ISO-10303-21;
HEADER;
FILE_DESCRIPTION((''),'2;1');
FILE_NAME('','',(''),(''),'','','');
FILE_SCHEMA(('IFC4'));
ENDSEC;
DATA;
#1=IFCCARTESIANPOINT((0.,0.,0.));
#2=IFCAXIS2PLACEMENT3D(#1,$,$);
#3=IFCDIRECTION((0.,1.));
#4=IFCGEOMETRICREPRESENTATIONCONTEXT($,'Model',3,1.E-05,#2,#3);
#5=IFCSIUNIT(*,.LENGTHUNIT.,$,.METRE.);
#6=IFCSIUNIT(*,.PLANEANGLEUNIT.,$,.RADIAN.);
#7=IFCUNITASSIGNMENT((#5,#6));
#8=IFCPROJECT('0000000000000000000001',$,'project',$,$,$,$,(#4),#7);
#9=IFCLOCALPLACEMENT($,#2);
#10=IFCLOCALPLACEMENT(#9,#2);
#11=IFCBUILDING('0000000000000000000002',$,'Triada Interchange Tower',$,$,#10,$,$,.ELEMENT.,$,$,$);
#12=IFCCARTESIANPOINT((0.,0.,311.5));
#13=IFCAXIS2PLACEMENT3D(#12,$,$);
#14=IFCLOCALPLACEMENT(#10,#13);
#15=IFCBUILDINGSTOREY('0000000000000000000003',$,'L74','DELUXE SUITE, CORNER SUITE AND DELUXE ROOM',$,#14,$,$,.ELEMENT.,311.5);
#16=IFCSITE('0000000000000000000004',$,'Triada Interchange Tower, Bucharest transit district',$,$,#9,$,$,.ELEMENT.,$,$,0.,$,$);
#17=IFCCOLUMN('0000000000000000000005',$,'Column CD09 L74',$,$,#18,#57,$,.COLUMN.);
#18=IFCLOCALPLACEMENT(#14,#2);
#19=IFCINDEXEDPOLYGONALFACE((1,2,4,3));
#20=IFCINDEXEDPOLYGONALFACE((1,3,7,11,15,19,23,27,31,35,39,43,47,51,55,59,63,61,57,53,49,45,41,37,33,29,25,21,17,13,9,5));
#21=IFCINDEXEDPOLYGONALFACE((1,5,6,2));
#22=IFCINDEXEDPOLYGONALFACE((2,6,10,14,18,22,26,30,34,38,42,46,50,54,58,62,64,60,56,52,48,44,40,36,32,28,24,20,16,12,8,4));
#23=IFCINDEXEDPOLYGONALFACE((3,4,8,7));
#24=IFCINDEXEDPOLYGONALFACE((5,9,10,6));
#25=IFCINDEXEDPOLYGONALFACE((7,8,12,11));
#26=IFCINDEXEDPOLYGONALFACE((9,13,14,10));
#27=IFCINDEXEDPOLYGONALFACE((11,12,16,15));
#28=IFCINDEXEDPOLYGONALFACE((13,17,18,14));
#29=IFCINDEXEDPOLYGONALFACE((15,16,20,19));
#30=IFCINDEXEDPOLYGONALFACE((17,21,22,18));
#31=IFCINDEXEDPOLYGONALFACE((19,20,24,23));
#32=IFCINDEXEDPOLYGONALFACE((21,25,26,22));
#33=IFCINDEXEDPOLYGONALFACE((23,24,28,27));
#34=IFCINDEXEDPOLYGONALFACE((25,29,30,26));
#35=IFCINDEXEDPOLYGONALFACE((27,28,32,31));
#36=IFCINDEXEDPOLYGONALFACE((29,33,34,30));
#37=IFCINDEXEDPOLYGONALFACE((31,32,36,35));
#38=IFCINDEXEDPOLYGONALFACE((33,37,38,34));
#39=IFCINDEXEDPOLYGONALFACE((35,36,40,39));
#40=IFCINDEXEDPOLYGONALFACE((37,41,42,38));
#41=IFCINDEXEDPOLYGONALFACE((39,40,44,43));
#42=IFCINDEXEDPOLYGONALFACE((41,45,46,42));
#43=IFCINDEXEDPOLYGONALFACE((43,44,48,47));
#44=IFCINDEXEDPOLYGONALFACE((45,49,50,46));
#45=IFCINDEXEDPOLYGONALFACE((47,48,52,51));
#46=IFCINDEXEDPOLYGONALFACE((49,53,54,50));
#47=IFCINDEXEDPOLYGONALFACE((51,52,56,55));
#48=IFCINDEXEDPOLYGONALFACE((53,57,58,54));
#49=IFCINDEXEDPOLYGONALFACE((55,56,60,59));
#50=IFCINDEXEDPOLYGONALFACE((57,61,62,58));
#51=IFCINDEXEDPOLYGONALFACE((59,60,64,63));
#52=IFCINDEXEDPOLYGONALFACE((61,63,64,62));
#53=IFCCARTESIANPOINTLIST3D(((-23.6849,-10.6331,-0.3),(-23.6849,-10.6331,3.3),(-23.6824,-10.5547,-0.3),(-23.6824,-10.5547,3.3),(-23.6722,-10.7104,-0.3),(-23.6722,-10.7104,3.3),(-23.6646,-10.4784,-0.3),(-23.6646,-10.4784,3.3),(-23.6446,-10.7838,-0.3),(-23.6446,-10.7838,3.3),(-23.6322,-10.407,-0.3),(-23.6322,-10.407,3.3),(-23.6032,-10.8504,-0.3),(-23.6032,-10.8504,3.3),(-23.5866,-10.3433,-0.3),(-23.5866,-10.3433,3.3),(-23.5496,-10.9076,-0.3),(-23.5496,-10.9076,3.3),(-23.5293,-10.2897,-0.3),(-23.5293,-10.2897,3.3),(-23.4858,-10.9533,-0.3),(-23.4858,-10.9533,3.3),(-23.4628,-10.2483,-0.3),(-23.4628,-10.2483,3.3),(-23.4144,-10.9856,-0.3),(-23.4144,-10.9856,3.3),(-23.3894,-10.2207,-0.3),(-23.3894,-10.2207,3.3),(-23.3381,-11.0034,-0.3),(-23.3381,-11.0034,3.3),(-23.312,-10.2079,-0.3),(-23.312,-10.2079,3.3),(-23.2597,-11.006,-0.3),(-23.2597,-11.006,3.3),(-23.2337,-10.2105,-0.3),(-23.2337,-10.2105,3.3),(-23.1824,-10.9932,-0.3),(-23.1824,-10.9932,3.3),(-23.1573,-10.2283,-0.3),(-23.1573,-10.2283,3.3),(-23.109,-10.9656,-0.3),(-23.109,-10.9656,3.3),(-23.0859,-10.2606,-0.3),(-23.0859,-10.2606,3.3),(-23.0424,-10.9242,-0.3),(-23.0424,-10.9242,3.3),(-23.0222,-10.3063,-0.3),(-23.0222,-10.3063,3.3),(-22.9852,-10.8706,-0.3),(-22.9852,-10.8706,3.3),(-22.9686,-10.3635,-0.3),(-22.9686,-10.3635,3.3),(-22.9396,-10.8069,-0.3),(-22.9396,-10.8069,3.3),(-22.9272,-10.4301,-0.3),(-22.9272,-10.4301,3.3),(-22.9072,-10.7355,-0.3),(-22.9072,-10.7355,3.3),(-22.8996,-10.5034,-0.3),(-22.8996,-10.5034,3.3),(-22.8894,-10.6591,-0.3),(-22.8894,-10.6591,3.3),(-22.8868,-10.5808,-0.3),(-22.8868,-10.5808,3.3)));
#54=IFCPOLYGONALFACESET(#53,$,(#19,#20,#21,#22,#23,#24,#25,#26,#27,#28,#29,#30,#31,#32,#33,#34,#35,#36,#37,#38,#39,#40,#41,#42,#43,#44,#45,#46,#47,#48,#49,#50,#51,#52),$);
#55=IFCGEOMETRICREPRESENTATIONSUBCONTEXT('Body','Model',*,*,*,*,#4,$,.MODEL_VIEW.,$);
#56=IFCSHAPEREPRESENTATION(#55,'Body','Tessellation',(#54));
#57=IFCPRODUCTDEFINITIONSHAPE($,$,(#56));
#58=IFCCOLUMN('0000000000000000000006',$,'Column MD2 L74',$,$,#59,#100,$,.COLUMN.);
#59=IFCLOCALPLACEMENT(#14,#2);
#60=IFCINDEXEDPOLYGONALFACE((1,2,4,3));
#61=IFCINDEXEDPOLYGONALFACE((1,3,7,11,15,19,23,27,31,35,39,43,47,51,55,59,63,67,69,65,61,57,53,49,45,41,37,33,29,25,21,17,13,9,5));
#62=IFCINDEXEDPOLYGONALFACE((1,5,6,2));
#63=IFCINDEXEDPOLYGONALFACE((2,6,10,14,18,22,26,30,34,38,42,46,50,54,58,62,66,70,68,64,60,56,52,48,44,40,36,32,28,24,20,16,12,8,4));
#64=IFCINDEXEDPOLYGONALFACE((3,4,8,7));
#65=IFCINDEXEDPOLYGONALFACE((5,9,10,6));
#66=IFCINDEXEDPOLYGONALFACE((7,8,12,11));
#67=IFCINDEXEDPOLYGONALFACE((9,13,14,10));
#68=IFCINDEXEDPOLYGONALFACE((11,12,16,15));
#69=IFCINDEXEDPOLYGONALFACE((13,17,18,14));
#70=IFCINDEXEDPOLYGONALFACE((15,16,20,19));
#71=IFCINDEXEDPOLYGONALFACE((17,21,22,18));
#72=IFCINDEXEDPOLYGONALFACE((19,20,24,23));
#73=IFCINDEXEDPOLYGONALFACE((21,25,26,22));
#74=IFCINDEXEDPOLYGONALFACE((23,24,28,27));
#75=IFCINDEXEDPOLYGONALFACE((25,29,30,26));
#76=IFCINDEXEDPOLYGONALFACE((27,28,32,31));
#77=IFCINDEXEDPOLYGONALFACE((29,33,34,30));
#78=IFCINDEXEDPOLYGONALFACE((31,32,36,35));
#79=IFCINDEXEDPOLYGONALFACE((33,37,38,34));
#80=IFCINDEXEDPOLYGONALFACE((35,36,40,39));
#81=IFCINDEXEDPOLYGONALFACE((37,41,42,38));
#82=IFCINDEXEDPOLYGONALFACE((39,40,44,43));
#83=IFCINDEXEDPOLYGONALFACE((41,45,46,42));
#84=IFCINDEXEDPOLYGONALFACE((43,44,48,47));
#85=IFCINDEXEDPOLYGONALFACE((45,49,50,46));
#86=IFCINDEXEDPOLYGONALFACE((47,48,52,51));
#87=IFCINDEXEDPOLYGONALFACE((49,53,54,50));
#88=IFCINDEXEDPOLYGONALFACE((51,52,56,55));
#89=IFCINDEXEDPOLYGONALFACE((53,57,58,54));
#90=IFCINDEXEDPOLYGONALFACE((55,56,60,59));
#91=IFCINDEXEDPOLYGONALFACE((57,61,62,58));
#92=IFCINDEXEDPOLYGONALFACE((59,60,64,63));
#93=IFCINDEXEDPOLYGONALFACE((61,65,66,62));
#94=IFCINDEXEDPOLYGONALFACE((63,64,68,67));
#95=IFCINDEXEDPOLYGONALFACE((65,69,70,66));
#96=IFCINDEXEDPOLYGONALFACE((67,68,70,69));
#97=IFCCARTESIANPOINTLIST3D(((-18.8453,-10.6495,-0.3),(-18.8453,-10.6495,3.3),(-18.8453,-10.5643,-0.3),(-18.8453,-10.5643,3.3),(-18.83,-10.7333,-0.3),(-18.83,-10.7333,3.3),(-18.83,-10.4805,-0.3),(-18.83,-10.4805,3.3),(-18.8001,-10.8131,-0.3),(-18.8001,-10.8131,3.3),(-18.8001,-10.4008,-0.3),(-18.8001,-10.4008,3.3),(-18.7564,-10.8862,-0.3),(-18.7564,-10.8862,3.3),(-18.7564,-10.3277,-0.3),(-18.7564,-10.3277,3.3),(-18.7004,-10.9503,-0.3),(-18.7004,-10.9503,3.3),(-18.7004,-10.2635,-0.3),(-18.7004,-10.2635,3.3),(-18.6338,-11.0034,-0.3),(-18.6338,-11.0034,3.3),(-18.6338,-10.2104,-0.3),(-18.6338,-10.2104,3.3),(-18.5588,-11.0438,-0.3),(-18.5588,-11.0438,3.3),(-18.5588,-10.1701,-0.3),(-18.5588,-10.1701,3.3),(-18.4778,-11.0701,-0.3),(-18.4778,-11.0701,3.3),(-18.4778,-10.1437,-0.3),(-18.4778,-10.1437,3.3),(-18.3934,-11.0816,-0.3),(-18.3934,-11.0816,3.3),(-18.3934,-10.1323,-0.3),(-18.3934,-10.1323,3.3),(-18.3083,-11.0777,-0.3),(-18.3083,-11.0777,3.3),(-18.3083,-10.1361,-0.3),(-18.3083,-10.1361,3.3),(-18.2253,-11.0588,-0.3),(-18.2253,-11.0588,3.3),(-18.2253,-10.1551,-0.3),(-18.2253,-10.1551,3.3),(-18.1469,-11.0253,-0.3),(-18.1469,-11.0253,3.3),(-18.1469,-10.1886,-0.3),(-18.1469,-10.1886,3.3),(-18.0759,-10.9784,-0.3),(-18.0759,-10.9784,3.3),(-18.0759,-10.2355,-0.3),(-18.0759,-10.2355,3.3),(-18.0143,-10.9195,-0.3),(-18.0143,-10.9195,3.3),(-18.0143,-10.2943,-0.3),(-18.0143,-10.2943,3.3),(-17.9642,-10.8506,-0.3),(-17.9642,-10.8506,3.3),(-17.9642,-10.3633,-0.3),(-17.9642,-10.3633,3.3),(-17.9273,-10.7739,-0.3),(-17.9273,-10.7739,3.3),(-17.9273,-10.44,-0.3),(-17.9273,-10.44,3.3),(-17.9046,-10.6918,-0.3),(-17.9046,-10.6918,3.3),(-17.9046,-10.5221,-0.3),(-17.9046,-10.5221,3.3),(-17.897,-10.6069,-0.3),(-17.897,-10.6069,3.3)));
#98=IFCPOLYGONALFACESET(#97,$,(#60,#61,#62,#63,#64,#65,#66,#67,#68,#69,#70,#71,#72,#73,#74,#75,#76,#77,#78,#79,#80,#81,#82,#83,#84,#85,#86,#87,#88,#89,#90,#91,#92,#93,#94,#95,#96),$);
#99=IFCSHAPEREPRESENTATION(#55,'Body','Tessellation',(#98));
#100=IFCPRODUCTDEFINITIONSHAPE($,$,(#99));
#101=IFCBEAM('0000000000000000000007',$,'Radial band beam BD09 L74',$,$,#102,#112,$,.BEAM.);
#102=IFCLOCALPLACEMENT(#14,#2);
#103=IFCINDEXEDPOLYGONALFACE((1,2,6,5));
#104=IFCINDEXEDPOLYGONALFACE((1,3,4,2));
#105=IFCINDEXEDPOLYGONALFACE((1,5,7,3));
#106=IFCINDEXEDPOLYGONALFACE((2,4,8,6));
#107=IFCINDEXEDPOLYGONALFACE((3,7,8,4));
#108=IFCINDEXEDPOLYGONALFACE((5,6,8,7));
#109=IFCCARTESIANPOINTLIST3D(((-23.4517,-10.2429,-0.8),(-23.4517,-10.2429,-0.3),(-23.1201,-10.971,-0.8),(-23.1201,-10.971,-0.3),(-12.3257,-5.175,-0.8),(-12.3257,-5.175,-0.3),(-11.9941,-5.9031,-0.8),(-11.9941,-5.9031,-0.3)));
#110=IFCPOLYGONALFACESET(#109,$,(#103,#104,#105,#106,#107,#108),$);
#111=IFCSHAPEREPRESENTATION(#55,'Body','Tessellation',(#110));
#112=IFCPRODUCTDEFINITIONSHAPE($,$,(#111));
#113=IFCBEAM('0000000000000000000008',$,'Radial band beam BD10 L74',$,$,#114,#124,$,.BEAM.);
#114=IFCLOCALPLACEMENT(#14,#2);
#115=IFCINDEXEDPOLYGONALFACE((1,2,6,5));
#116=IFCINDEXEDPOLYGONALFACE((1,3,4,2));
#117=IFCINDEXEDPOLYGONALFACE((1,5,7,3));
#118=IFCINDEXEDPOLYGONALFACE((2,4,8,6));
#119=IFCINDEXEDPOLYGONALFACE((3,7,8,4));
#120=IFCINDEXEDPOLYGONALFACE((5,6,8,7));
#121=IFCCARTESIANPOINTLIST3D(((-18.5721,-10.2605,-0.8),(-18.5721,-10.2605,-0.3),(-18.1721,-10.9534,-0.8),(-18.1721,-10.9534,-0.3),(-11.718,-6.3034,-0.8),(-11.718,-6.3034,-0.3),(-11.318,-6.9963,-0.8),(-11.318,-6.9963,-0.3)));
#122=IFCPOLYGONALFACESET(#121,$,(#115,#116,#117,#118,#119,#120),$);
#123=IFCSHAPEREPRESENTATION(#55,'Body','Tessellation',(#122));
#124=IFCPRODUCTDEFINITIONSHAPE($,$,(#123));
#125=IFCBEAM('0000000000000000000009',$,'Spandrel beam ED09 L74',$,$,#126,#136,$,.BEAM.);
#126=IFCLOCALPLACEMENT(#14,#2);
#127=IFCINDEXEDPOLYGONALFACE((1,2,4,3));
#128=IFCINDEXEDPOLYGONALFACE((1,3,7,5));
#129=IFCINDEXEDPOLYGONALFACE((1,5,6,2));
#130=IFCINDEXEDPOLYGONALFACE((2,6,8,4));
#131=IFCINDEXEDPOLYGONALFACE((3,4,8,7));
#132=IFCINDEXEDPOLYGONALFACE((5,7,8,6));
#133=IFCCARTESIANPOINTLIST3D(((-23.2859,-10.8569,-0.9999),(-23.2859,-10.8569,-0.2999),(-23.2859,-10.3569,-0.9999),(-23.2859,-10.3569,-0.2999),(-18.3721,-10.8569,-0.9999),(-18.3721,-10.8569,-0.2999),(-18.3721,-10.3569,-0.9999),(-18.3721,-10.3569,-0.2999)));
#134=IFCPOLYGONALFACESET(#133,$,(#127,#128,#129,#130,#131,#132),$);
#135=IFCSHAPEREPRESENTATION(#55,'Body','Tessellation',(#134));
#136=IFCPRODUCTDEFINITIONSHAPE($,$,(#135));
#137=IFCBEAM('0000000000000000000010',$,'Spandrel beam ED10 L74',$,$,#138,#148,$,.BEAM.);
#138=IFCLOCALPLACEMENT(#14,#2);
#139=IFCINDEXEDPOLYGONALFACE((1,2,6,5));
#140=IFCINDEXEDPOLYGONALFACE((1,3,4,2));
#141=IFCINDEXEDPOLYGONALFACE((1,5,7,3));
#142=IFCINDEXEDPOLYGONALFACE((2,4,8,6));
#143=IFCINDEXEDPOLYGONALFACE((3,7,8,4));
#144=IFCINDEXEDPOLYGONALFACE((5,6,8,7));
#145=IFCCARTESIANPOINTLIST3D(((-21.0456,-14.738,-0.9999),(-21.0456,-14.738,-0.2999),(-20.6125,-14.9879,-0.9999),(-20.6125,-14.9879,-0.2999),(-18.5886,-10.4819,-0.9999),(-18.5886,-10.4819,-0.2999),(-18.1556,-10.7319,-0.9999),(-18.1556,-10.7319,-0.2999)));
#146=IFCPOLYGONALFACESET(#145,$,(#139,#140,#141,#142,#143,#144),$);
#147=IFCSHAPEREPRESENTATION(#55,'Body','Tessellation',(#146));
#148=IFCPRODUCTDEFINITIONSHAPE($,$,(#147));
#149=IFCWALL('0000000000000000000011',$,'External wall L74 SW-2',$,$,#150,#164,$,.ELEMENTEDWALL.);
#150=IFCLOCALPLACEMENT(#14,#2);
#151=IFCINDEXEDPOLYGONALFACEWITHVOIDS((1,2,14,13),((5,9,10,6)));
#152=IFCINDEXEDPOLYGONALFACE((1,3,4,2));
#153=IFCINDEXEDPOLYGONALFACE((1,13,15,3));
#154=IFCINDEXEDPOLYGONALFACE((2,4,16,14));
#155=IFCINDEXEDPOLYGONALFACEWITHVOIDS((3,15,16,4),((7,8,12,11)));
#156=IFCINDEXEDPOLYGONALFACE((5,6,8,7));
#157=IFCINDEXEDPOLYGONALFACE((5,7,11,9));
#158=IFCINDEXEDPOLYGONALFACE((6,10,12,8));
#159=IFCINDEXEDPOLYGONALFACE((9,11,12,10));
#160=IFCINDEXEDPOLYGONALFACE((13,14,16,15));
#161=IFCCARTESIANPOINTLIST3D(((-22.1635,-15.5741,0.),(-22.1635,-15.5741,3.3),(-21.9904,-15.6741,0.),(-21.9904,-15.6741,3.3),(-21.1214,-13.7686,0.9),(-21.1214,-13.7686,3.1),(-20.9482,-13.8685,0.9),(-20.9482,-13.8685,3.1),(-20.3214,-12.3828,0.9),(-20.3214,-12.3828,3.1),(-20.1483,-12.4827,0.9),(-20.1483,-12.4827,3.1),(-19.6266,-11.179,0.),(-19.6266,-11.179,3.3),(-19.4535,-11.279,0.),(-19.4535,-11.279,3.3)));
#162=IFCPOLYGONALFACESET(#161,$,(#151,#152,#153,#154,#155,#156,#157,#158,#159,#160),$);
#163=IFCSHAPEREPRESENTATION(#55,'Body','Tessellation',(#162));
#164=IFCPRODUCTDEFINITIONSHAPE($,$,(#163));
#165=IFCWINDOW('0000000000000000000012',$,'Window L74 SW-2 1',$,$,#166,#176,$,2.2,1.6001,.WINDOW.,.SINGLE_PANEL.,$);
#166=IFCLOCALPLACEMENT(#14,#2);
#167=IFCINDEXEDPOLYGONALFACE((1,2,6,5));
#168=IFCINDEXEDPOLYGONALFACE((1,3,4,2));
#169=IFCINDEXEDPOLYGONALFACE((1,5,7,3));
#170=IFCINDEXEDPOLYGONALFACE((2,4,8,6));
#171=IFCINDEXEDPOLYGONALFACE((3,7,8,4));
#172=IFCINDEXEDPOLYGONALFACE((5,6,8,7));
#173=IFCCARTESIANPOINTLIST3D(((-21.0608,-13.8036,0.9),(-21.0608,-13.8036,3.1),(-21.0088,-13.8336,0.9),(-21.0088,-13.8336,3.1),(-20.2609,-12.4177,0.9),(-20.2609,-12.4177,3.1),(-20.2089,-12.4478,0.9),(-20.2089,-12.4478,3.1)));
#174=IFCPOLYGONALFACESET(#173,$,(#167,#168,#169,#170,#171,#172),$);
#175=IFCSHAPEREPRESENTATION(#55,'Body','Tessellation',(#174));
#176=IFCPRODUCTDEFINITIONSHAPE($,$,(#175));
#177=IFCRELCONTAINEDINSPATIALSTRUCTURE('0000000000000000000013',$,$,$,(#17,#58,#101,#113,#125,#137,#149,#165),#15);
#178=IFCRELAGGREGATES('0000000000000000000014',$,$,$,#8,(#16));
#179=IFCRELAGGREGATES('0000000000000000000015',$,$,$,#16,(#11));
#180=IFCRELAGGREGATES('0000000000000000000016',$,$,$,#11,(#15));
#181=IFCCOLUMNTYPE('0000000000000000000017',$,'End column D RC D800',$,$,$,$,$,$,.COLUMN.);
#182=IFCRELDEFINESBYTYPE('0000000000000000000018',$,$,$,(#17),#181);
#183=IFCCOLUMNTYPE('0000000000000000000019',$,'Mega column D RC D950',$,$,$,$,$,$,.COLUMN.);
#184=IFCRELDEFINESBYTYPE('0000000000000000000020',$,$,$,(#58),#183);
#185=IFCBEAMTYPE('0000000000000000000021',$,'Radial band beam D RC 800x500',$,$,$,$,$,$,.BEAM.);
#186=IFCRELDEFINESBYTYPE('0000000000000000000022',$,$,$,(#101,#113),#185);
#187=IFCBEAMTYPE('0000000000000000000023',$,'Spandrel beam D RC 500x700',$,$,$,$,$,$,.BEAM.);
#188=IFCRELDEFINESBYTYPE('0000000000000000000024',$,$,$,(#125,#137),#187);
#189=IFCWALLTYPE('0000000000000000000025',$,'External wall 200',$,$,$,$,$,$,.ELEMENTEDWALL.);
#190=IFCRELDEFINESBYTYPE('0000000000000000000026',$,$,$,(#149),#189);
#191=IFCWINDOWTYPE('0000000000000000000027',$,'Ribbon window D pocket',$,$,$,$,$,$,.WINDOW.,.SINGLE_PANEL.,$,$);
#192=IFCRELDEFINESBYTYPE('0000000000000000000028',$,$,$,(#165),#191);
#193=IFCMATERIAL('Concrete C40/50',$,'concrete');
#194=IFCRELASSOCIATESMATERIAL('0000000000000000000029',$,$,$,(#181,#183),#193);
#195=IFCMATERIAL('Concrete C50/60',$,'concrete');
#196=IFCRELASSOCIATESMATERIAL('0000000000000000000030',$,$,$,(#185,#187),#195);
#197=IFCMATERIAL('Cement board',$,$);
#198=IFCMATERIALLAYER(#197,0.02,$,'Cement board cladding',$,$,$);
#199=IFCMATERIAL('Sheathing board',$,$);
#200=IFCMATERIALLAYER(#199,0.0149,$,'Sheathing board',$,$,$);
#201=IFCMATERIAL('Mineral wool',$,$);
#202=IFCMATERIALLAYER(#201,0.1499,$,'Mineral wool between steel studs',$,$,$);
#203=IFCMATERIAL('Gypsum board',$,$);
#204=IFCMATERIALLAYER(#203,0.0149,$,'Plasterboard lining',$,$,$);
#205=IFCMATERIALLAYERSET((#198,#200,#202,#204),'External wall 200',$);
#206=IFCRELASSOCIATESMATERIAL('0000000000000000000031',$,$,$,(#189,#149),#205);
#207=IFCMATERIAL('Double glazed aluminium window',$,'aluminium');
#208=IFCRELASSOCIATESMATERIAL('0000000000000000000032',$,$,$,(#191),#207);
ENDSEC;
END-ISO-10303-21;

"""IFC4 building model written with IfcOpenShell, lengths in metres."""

from ifc_helpers import new_model, si_unit, direction, frame, frame_2d, origin, origin_2d, place, context, subcontext, project, spatial, rectangle, circle, extrude, material, layer, layer_set, layer_usage, material_profile, profile_set, type_object, element, fill, save


model = new_model("IFC4")

# Units and contexts
model_context = context("Model", 3, precision=1e-05, world=origin(), true_north=direction((0.0, 1.0)))
body_context = subcontext(model_context, "Body", "Model", "MODEL_VIEW")
ifc_project = project(units=[si_unit("LENGTHUNIT", "METRE"), si_unit("PLANEANGLEUNIT", "RADIAN")], contexts=[model_context])

# Site, building, storey
site_placement = place(None, origin())
site = spatial("IfcSite", under=ifc_project, at=site_placement, Name="Triada Interchange Tower, Bucharest transit district", CompositionType="ELEMENT", RefElevation=0.0)
building_placement = place(site_placement, origin())
building = spatial("IfcBuilding", under=site, at=building_placement, Name="Triada Interchange Tower", CompositionType="ELEMENT")
storey_placement = place(building_placement, frame((0.0, 0.0, 311.5)))
storey = spatial("IfcBuildingStorey", under=building, at=storey_placement, Name="L74", Description="DELUXE SUITE, CORNER SUITE AND DELUXE ROOM", CompositionType="ELEMENT", Elevation=311.5)

# Columns
ifc_material_1 = material(Name="Concrete C40/50", Category="concrete")
ifc_material_profile_1 = material_profile(ifc_material_1, circle(Radius=0.3999, at=origin_2d()), Name="RC D800")
ifc_profile_set_1 = profile_set([ifc_material_profile_1], Name="Concrete C40/50")
column_type_1 = type_object("IfcColumnType", Name="End column D RC D800", PredefinedType="COLUMN", material=ifc_profile_set_1)
column_1_placement = place(storey_placement, frame((-23.2859, -10.6069, -0.3), z_axis=(0.0, 0.0, 1.0), x_axis=(0.5, 0.866025, 0.0)))
element("IfcColumn", 1, at=column_1_placement, inside=storey, type_object=column_type_1, Name="Column CD09 L74", PredefinedType="COLUMN", context=body_context, shape_type="SweptSolid", body=[
    extrude(circle(Radius=0.3999, at=origin_2d()), origin(), (0.0, 0.0, 1.0), 3.6001),
])
ifc_material_profile_2 = material_profile(ifc_material_1, circle(Radius=0.4751, at=origin_2d()), Name="RC D950")
ifc_profile_set_2 = profile_set([ifc_material_profile_2], Name="Concrete C40/50")
column_type_2 = type_object("IfcColumnType", Name="Mega column D RC D950", PredefinedType="COLUMN", material=ifc_profile_set_2)
column_2_placement = place(storey_placement, frame((-18.3721, -10.6069, -0.3), z_axis=(0.0, 0.0, 1.0), x_axis=(1.0, 0.0, 0.0)))
element("IfcColumn", 2, at=column_2_placement, inside=storey, type_object=column_type_2, Name="Column MD2 L74", PredefinedType="COLUMN", context=body_context, shape_type="SweptSolid", body=[
    extrude(circle(Radius=0.4751, at=origin_2d()), origin(), (0.0, 0.0, 1.0), 3.6001),
])

# Beams
ifc_material_2 = material(Name="Concrete C50/60", Category="concrete")
ifc_material_profile_3 = material_profile(ifc_material_2, rectangle(XDim=0.8, YDim=0.5, at=origin_2d()), Name="RC 800x500")
ifc_profile_set_3 = profile_set([ifc_material_profile_3], Name="Concrete C50/60")
beam_type_1 = type_object("IfcBeamType", Name="Radial band beam D RC 800x500", PredefinedType="BEAM", material=ifc_profile_set_3)
beam_1_placement = place(storey_placement, frame((-23.2859, -10.6069, -0.55), z_axis=(0.910039, 0.414522, 0.0), x_axis=(-0.414522, 0.910039, 0.0)))
element("IfcBeam", 3, at=beam_1_placement, inside=storey, type_object=beam_type_1, Name="Radial band beam BD09 L74", PredefinedType="BEAM", context=body_context, shape_type="SweptSolid", body=[
    extrude(rectangle(XDim=0.8, YDim=0.5, at=origin_2d()), origin(), (0.0, 0.0, 1.0), 12.2258),
])
beam_2_placement = place(storey_placement, frame((-18.3721, -10.6069, -0.55), z_axis=(0.866033, 0.499988, 0.0), x_axis=(-0.499988, 0.866033, 0.0)))
element("IfcBeam", 4, at=beam_2_placement, inside=storey, type_object=beam_type_1, Name="Radial band beam BD10 L74", PredefinedType="BEAM", context=body_context, shape_type="SweptSolid", body=[
    extrude(rectangle(XDim=0.8, YDim=0.5, at=origin_2d()), origin(), (0.0, 0.0, 1.0), 7.9143),
])
ifc_material_profile_4 = material_profile(ifc_material_2, rectangle(XDim=0.5, YDim=0.7, at=origin_2d()), Name="RC 500x700")
ifc_profile_set_4 = profile_set([ifc_material_profile_4], Name="Concrete C50/60")
beam_type_2 = type_object("IfcBeamType", Name="Spandrel beam D RC 500x700", PredefinedType="BEAM", material=ifc_profile_set_4)
beam_3_placement = place(storey_placement, frame((-23.2859, -10.6069, -0.6499), z_axis=(1.0, 0.0, 0.0), x_axis=(0.0, 1.0, 0.0)))
element("IfcBeam", 5, at=beam_3_placement, inside=storey, type_object=beam_type_2, Name="Spandrel beam ED09 L74", PredefinedType="BEAM", context=body_context, shape_type="SweptSolid", body=[
    extrude(rectangle(XDim=0.5, YDim=0.7, at=origin_2d()), origin(), (0.0, 0.0, 1.0), 4.9138),
])
beam_4_placement = place(storey_placement, frame((-18.3721, -10.6069, -0.6499), z_axis=(-0.499965, -0.866046, 0.0), x_axis=(0.866046, -0.499965, 0.0)))
element("IfcBeam", 6, at=beam_4_placement, inside=storey, type_object=beam_type_2, Name="Spandrel beam ED10 L74", PredefinedType="BEAM", context=body_context, shape_type="SweptSolid", body=[
    extrude(rectangle(XDim=0.5, YDim=0.7, at=origin_2d()), origin(), (0.0, 0.0, 1.0), 4.9143),
])

# Wall, opening, window
ifc_material_3 = material(Name="Cement board")
ifc_layer_1 = layer(ifc_material_3, 0.02, Name="Cement board cladding")
ifc_material_4 = material(Name="Sheathing board")
ifc_layer_2 = layer(ifc_material_4, 0.0149, Name="Sheathing board")
ifc_material_5 = material(Name="Mineral wool")
ifc_layer_3 = layer(ifc_material_5, 0.1499, Name="Mineral wool between steel studs")
ifc_material_6 = material(Name="Gypsum board")
ifc_layer_4 = layer(ifc_material_6, 0.0149, Name="Plasterboard lining")
ifc_layer_set_1 = layer_set([ifc_layer_1, ifc_layer_2, ifc_layer_3, ifc_layer_4], Name="External wall 200")
ifc_layer_usage = layer_usage(ifc_layer_set_1, "AXIS2", "POSITIVE", -0.1001)
wall_type_1 = type_object("IfcWallType", Name="External wall 200", PredefinedType="ELEMENTEDWALL", material=ifc_layer_set_1)
wall_1_placement = place(storey_placement, frame((-19.54, -11.229, 0.0), z_axis=(0.0, 0.0, 1.0), x_axis=(-0.499911, -0.866077, 0.0)))
wall_1 = element("IfcWall", 7, at=wall_1_placement, inside=storey, type_object=wall_type_1, material=ifc_layer_usage, Name="External wall L74 SW-2", PredefinedType="ELEMENTEDWALL", context=body_context, shape_type="SweptSolid", body=[
    extrude(rectangle(XDim=5.0747, YDim=0.2, at=frame_2d((2.5374, 0.0))), origin(), (0.0, 0.0, 1.0), 3.3),
])
opening_1_placement = place(wall_1_placement, frame((1.3899, 0.0, 0.8999)))
opening_1 = element("IfcOpeningElement", 8, at=opening_1_placement, cuts=wall_1, PredefinedType="OPENING", context=body_context, shape_type="SweptSolid", body=[
    extrude(rectangle(XDim=1.6001, YDim=2.2, at=frame_2d((0.8, 1.1001))), frame((0.0, 0.1099, 0.0), z_axis=(0.0, -1.0, 0.0), x_axis=(1.0, 0.0, 0.0)), (0.0, 0.0, 1.0), 0.22),
])
ifc_material_7 = material(Name="Double glazed aluminium window", Category="aluminium")
window_type = type_object("IfcWindowType", Name="Ribbon window D pocket", PartitioningType="SINGLE_PANEL", PredefinedType="WINDOW", material=ifc_material_7)
window_placement = place(opening_1_placement, origin())
window = element("IfcWindow", 9, at=window_placement, inside=storey, type_object=window_type, Name="Window L74 SW-2 1", OverallHeight=2.2, OverallWidth=1.6001, PartitioningType="SINGLE_PANEL", PredefinedType="WINDOW", context=body_context, shape_type="SweptSolid", body=[
    extrude(rectangle(XDim=1.6001, YDim=2.2, at=frame_2d((0.8, 1.1001))), frame((0.0, 0.03, 0.0), z_axis=(0.0, -1.0, 0.0), x_axis=(1.0, 0.0, 0.0)), (0.0, 0.0, 1.0), 0.0601),
])
fill(opening_1, window)

save(model, "model.ifc")
